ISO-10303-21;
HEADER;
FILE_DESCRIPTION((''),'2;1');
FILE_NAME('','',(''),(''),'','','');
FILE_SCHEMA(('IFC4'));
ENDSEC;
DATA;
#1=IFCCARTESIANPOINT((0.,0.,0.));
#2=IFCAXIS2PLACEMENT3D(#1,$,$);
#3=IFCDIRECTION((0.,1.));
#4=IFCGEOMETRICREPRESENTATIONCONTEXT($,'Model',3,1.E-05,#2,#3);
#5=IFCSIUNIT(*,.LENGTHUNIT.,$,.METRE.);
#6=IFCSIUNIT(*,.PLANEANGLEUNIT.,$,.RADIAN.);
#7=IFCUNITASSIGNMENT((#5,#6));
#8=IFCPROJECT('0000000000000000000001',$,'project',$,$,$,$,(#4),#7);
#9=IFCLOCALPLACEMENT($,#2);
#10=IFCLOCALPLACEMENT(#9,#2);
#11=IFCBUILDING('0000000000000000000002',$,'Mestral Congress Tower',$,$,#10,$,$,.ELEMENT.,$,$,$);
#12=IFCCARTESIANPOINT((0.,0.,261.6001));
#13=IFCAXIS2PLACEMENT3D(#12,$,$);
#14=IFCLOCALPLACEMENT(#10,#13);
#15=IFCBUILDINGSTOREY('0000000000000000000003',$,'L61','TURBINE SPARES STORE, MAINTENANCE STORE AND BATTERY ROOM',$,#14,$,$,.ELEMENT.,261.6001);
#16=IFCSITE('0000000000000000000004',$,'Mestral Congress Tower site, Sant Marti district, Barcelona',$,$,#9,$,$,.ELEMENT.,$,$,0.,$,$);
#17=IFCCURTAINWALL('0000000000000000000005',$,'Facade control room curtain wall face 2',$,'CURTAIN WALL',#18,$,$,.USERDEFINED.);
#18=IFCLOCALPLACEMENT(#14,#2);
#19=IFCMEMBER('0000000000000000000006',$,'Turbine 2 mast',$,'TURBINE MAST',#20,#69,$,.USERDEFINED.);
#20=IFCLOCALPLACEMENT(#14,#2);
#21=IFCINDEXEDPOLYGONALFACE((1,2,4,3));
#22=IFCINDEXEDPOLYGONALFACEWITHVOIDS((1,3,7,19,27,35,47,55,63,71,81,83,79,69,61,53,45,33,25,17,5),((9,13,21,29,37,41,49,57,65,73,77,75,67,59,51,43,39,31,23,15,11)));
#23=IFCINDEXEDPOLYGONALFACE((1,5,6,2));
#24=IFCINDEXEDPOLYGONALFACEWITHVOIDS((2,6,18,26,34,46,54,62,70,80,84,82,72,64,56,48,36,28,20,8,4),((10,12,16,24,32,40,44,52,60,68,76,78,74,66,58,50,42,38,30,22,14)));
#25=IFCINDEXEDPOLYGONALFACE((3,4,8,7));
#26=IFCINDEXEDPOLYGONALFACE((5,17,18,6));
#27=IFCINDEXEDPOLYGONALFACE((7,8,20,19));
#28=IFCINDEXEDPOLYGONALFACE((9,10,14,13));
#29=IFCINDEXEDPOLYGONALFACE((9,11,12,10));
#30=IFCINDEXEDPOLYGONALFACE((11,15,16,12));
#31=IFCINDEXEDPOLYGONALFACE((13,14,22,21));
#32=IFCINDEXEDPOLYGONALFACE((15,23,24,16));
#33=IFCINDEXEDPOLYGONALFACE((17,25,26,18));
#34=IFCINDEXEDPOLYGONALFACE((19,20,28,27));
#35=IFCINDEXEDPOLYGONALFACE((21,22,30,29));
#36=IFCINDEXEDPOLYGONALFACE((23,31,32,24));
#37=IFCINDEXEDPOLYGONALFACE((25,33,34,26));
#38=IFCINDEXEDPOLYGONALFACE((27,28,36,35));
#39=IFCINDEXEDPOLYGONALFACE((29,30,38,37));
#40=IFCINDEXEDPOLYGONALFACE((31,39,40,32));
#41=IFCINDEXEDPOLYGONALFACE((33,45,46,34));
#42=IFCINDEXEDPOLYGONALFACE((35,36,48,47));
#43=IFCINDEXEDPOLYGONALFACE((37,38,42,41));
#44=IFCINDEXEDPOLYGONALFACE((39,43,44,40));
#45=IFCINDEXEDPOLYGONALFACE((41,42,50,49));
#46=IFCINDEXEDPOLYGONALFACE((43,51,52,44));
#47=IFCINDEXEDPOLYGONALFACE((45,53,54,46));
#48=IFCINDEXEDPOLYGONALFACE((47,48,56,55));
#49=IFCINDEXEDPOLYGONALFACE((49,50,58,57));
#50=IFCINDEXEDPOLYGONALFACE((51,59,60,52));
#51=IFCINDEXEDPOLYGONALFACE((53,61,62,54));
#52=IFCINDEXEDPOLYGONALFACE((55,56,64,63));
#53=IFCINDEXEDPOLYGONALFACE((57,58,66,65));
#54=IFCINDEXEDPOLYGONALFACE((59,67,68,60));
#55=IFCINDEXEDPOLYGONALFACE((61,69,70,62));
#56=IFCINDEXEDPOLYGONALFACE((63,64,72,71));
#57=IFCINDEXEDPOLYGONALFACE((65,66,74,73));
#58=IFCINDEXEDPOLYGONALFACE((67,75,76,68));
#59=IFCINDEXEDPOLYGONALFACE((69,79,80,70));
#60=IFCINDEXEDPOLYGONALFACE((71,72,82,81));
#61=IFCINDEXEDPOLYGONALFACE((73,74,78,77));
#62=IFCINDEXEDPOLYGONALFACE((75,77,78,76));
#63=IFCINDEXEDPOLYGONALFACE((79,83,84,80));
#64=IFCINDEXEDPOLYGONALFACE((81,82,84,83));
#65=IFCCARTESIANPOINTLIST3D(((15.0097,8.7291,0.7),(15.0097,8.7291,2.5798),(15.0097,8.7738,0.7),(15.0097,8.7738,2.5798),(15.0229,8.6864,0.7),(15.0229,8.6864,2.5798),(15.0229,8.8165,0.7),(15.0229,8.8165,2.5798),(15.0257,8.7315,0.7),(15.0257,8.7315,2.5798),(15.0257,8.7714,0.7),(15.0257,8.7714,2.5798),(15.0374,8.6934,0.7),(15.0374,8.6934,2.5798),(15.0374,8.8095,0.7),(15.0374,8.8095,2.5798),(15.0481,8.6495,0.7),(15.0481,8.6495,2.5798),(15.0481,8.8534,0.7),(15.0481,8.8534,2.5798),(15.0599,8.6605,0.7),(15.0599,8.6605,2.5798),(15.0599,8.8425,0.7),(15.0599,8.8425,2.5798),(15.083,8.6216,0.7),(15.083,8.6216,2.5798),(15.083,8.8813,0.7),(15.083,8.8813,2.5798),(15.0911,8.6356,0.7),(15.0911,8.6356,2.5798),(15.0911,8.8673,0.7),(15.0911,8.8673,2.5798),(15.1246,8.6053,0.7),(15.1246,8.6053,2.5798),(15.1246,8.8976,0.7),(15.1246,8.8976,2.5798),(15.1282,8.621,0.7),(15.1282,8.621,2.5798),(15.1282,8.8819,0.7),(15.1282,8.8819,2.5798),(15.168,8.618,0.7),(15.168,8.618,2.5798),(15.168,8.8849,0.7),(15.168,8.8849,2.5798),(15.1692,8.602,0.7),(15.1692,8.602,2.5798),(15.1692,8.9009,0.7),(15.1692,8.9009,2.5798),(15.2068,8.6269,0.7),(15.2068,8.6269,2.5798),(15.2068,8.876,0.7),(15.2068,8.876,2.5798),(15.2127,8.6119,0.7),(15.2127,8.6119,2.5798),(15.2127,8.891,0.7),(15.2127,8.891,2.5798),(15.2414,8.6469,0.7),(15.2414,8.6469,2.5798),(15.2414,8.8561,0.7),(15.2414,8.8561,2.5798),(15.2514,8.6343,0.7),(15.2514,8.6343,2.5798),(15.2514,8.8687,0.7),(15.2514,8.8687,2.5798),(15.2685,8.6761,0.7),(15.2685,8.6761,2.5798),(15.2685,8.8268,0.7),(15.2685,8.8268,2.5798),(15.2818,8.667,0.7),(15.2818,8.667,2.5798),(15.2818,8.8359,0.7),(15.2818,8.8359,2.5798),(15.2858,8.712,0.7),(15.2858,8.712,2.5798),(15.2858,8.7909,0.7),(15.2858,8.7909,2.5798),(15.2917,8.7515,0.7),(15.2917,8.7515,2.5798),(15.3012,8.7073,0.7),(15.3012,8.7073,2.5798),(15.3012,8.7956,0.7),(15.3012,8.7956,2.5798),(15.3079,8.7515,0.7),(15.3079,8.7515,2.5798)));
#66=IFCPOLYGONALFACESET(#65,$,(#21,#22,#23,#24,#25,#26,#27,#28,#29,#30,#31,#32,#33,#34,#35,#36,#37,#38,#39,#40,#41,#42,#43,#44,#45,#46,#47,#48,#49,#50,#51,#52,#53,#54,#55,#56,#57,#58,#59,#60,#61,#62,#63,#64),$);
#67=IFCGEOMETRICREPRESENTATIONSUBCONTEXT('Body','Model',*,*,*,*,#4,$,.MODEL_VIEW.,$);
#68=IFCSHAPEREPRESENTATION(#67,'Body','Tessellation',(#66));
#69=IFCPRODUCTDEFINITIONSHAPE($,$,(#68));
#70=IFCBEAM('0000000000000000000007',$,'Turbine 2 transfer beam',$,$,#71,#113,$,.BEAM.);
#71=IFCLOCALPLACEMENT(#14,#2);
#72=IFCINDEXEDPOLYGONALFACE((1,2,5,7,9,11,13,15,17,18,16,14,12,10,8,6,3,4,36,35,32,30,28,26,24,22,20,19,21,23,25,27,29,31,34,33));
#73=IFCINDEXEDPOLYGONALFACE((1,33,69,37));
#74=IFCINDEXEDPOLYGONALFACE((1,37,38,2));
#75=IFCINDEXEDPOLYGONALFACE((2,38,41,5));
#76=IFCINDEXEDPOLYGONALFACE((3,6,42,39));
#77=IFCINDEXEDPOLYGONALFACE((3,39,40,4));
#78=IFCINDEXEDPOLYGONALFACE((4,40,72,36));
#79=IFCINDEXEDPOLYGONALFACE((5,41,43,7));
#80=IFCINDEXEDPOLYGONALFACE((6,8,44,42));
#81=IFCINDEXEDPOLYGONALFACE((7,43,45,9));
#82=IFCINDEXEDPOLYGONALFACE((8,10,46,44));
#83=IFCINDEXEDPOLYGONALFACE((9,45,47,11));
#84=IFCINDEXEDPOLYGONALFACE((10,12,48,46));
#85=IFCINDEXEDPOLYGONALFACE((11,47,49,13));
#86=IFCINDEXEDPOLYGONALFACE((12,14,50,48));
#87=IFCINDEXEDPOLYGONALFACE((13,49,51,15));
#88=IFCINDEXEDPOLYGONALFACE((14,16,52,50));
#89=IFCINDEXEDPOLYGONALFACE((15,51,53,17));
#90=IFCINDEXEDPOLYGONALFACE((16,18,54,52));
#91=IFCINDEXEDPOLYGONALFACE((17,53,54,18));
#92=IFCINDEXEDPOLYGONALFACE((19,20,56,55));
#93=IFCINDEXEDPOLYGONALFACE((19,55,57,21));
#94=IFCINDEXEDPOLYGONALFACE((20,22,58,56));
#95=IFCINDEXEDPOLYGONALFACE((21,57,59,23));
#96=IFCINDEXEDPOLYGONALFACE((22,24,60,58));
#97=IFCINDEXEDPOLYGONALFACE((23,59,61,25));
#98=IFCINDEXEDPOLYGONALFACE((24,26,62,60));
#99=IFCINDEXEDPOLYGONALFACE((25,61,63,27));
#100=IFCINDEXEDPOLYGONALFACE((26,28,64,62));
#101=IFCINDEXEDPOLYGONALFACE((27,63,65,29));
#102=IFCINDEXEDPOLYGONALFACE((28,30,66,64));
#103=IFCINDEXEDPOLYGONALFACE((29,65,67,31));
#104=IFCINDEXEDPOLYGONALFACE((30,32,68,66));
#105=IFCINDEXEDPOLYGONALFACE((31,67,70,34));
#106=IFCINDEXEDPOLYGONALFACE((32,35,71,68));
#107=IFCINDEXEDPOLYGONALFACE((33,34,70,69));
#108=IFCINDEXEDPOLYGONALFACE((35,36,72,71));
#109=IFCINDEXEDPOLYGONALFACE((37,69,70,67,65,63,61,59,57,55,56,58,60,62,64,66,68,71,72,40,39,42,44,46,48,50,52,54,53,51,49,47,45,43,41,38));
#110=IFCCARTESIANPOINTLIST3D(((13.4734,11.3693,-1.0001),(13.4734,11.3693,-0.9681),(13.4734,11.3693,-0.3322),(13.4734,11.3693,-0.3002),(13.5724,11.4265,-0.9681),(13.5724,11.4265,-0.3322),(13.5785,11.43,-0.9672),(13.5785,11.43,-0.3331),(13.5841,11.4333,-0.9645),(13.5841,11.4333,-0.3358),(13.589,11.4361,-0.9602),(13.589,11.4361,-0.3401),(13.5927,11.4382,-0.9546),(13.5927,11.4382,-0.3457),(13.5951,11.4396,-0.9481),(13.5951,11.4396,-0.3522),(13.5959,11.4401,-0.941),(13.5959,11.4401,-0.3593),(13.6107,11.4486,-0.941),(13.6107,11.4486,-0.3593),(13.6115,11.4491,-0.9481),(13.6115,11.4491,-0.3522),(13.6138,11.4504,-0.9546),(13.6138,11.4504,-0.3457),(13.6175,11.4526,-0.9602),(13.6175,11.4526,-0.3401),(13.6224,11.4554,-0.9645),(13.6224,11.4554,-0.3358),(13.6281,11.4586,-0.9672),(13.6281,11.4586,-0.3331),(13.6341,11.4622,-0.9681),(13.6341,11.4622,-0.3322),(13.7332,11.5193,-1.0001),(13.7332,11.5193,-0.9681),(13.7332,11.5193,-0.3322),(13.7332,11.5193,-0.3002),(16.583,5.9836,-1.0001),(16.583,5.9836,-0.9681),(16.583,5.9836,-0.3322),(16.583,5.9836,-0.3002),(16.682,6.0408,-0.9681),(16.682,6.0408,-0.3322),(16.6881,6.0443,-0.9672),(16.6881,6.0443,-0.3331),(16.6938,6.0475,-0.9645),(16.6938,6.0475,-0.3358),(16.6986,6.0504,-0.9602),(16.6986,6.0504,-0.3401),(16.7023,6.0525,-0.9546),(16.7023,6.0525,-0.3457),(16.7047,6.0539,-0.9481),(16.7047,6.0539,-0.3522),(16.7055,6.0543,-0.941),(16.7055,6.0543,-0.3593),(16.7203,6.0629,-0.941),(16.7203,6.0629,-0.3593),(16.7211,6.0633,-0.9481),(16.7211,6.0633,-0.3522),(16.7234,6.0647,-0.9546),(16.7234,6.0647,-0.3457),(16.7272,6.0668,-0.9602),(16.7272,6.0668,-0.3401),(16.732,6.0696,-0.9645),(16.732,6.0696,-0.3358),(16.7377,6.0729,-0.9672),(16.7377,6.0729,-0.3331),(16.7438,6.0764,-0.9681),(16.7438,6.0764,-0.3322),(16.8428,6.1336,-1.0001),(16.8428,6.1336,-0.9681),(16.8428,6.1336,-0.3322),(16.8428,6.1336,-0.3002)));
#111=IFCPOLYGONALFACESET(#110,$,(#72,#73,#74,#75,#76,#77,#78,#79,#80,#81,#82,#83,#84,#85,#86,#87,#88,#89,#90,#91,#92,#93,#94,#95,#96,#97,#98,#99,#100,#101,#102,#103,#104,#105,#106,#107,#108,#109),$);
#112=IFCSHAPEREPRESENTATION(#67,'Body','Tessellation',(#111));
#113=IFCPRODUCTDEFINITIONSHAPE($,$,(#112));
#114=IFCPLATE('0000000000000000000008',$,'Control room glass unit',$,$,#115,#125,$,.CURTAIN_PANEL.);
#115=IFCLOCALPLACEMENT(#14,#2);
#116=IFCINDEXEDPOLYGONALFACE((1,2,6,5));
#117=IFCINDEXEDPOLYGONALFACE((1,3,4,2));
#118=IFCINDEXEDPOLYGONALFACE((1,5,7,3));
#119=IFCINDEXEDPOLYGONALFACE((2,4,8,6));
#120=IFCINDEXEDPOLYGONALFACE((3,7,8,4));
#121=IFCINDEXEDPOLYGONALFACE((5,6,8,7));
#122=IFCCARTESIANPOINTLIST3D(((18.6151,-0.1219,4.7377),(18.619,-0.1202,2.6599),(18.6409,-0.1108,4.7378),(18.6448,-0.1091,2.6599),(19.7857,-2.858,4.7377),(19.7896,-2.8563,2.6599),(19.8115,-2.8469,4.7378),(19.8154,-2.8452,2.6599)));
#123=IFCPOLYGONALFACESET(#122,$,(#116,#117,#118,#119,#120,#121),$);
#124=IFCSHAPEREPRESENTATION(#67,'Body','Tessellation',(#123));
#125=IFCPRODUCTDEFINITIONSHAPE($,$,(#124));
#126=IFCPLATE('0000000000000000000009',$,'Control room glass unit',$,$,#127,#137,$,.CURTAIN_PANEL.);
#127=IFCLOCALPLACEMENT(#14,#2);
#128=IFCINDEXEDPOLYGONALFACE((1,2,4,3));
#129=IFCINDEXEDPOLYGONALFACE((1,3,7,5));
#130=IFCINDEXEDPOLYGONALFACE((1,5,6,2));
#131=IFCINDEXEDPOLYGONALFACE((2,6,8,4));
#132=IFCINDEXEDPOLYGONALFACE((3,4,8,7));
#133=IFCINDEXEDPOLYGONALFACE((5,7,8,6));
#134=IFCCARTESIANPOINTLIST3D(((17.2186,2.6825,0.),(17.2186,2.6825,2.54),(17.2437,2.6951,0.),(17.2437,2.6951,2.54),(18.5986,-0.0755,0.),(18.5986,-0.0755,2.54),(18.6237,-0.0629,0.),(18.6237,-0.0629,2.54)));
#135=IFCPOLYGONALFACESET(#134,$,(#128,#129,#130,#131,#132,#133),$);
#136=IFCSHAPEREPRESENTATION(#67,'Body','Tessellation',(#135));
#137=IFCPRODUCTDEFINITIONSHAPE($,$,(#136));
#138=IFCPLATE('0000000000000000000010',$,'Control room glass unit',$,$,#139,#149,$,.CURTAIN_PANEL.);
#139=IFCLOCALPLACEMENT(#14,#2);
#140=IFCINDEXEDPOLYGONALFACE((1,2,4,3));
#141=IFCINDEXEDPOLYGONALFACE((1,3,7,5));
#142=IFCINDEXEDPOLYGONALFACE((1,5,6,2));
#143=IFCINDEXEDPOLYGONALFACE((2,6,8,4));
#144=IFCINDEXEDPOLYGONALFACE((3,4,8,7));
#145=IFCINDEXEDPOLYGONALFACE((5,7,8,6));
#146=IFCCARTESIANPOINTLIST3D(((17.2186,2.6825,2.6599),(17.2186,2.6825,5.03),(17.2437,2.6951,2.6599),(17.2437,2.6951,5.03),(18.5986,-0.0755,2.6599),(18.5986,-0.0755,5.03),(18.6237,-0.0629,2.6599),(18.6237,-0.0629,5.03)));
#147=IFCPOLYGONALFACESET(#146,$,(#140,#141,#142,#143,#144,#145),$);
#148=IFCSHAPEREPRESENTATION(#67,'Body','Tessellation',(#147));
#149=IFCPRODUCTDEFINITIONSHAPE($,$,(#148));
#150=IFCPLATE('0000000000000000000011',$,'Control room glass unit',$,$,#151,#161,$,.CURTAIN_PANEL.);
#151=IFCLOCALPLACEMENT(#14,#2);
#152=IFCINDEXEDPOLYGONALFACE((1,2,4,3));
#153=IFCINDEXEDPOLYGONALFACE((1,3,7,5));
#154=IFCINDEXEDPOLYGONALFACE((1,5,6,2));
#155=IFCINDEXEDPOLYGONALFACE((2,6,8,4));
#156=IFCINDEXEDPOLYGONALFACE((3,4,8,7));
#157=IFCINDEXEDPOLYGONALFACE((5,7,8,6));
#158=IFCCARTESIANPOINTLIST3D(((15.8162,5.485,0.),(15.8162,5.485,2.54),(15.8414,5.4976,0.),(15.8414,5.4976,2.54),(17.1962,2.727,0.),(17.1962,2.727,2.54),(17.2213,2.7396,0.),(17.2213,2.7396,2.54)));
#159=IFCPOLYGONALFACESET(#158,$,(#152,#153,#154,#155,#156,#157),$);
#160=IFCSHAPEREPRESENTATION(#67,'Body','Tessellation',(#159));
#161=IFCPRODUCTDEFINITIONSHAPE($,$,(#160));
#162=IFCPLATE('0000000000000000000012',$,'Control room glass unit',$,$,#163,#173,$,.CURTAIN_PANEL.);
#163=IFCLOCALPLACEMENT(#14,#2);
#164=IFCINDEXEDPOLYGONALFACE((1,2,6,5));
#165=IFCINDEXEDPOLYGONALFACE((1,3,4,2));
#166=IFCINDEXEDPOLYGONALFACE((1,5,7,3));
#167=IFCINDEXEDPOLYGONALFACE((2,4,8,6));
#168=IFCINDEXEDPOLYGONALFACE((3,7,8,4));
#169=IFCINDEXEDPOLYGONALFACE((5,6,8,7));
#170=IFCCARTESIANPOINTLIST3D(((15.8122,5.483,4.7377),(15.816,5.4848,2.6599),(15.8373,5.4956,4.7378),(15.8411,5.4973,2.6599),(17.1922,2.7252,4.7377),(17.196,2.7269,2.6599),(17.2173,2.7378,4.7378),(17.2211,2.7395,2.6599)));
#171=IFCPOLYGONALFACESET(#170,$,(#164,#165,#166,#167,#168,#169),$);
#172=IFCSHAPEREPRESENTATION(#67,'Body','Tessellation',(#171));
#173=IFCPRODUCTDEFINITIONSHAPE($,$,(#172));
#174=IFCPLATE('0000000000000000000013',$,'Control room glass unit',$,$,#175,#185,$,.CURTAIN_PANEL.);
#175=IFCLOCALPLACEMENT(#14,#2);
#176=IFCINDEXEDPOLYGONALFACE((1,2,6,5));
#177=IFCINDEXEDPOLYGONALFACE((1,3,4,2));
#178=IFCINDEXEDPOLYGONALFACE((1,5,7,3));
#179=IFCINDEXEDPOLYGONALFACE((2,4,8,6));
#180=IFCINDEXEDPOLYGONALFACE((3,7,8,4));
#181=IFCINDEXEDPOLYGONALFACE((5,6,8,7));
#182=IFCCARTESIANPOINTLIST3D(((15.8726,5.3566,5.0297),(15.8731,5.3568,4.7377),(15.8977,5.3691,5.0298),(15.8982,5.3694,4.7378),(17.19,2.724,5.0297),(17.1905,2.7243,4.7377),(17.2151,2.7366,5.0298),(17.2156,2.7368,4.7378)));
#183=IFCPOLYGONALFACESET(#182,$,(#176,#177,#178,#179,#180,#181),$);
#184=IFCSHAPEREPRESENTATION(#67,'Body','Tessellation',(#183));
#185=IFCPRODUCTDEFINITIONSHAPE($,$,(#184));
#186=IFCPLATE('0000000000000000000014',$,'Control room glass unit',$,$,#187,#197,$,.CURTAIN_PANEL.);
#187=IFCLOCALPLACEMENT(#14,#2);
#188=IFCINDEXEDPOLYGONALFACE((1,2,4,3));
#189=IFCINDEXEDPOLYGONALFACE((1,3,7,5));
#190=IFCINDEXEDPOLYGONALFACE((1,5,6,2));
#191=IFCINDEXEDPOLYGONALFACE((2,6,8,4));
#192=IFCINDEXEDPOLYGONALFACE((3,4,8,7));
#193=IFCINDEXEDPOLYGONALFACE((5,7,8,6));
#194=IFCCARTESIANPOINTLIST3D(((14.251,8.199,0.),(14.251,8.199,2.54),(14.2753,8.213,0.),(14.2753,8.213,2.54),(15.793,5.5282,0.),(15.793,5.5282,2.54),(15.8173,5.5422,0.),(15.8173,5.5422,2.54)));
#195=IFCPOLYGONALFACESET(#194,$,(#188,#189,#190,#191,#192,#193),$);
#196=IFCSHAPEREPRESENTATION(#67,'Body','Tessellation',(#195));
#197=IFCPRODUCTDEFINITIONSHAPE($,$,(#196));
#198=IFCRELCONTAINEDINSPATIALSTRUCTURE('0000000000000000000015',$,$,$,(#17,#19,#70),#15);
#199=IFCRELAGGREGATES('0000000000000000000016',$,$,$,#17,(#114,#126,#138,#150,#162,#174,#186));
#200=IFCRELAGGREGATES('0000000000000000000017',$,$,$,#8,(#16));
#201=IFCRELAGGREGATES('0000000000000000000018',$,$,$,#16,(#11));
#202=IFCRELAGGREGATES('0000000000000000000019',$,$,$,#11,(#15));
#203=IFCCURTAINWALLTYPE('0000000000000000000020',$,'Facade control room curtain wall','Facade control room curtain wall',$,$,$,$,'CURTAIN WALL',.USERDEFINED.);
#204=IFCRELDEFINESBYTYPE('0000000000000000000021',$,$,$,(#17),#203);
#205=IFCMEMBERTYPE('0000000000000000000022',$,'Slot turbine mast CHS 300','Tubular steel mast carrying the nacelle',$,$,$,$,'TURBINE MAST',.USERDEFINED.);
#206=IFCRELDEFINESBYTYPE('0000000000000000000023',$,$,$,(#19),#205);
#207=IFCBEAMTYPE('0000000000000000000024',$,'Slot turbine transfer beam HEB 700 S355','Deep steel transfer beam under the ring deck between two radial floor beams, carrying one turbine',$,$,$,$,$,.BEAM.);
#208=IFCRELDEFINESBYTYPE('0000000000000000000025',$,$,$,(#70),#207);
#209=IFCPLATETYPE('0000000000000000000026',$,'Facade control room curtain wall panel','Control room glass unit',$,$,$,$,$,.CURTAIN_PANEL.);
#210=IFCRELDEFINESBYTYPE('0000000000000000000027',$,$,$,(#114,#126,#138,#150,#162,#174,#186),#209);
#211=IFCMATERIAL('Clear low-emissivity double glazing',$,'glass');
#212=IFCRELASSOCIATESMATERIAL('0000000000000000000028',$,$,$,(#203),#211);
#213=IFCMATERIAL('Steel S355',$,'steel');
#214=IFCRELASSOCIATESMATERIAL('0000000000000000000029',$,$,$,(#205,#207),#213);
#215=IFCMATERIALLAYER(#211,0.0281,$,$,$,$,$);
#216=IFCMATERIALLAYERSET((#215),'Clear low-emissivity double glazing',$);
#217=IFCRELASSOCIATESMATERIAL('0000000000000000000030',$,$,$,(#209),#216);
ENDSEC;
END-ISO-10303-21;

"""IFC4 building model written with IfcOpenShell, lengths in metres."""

from ifc_helpers import new_model, si_unit, direction, frame, origin, origin_2d, place, context, subcontext, project, spatial, polyline, rectangle, hollow_circle, i_section, outline, extrude, material, layer, layer_set, material_profile, profile_set, type_object, element, aggregate, save


model = new_model("IFC4")

# Units and contexts
model_context = context("Model", 3, precision=1e-05, world=origin(), true_north=direction((0.0, 1.0)))
body_context = subcontext(model_context, "Body", "Model", "MODEL_VIEW")
ifc_project = project(units=[si_unit("LENGTHUNIT", "METRE"), si_unit("PLANEANGLEUNIT", "RADIAN")], contexts=[model_context])

# Site, building, storey
site_placement = place(None, origin())
site = spatial("IfcSite", under=ifc_project, at=site_placement, Name="Mestral Congress Tower site, Sant Marti district, Barcelona", CompositionType="ELEMENT", RefElevation=0.0)
building_placement = place(site_placement, origin())
building = spatial("IfcBuilding", under=site, at=building_placement, Name="Mestral Congress Tower", CompositionType="ELEMENT")
storey_placement = place(building_placement, frame((0.0, 0.0, 261.6001)))
storey = spatial("IfcBuildingStorey", under=building, at=storey_placement, Name="L61", Description="TURBINE SPARES STORE, MAINTENANCE STORE AND BATTERY ROOM", CompositionType="ELEMENT", Elevation=261.6001)

# Curtain wall
ifc_material_1 = material(Name="Clear low-emissivity double glazing", Category="glass")
curtain_wall_type = type_object("IfcCurtainWallType", Name="Facade control room curtain wall", Description="Facade control room curtain wall", ElementType="CURTAIN WALL", PredefinedType="USERDEFINED", material=ifc_material_1)
curtain_wall_placement = place(storey_placement, origin())
curtain_wall = element("IfcCurtainWall", 1, at=curtain_wall_placement, inside=storey, type_object=curtain_wall_type, Name="Facade control room curtain wall face 2", ObjectType="CURTAIN WALL", PredefinedType="USERDEFINED")

# Shared definitions
ifc_material_2 = material(Name="Steel S355", Category="steel")

# Member
ifc_material_profile_1 = material_profile(ifc_material_2, hollow_circle(Radius=0.1499, WallThickness=0.0161, at=origin_2d()), Name="CHS 300 x 16")
ifc_profile_set_1 = profile_set([ifc_material_profile_1], Name="Steel S355")
member_type_1 = type_object("IfcMemberType", Name="Slot turbine mast CHS 300", Description="Tubular steel mast carrying the nacelle", ElementType="TURBINE MAST", PredefinedType="USERDEFINED", material=ifc_profile_set_1)
member_1_placement = place(storey_placement, frame((15.158, 8.7515, 0.7), z_axis=(0.0, 0.0, 1.0), x_axis=(1.0, 0.0, 0.0)))
element("IfcMember", 2, at=member_1_placement, inside=storey, type_object=member_type_1, Name="Turbine 2 mast", ObjectType="TURBINE MAST", PredefinedType="USERDEFINED", context=body_context, shape_type="SweptSolid", body=[
    extrude(hollow_circle(Radius=0.1499, WallThickness=0.0161, at=origin_2d()), origin(), (0.0, 0.0, 1.0), 1.8799),
])

# Beam
ifc_material_profile_2 = material_profile(ifc_material_2, i_section(OverallWidth=0.3, OverallDepth=0.7, WebThickness=0.0171, FlangeThickness=0.032, FilletRadius=0.0271, at=origin_2d()), Name="HEB 700")
ifc_profile_set_2 = profile_set([ifc_material_profile_2], Name="Steel S355")
beam_type_1 = type_object("IfcBeamType", Name="Slot turbine transfer beam HEB 700 S355", Description="Deep steel transfer beam under the ring deck between two radial floor beams, carrying one turbine", PredefinedType="BEAM", material=ifc_profile_set_2)
beam_1_placement = place(storey_placement, frame((16.7129, 6.0586, -0.6501), z_axis=(-0.500019, 0.866014, 0.0), x_axis=(-0.866014, -0.500019, 0.0)))
element("IfcBeam", 3, at=beam_1_placement, inside=storey, type_object=beam_type_1, Name="Turbine 2 transfer beam", PredefinedType="BEAM", context=body_context, shape_type="SweptSolid", body=[
    extrude(i_section(OverallWidth=0.3, OverallDepth=0.7, WebThickness=0.0171, FlangeThickness=0.032, FilletRadius=0.0271, at=origin_2d()), origin(), (0.0, 0.0, 1.0), 6.219),
])

# Plates
ifc_layer = layer(ifc_material_1, 0.0281)
ifc_layer_set = layer_set([ifc_layer], Name="Clear low-emissivity double glazing")
plate_type_1 = type_object("IfcPlateType", Name="Facade control room curtain wall panel", Description="Control room glass unit", PredefinedType="CURTAIN_PANEL", material=ifc_layer_set)
plate_1_placement = place(storey_placement, frame((18.6448, -0.1091, 2.6599), z_axis=(0.919381, 0.393364, 0.002052), x_axis=(0.393365, -0.919382, 0.0)))
plate_1 = element("IfcPlate", 4, at=plate_1_placement, type_object=plate_type_1, Name="Control room glass unit", PredefinedType="CURTAIN_PANEL", context=body_context, shape_type="SweptSolid", body=[
    extrude(outline(polyline([(0.0, 0.0), (2.976, 0.0), (2.976, -2.0779), (0.0, -2.0779), (0.0, 0.0)])), origin(), (0.0, 0.0, -1.0), 0.0281),
])
plate_2_placement = place(storey_placement, frame((17.9211, 1.3098, 0.0), z_axis=(0.0, 0.0, 1.0), x_axis=(-0.44747, 0.894299, 0.0)))
plate_2 = element("IfcPlate", 5, at=plate_2_placement, type_object=plate_type_1, Name="Control room glass unit", PredefinedType="CURTAIN_PANEL", context=body_context, shape_type="SweptSolid", body=[
    extrude(rectangle(XDim=3.084, YDim=0.0281, at=origin_2d()), origin(), (0.0, 0.0, 1.0), 2.54),
])
plate_3_placement = place(storey_placement, frame((17.9211, 1.3098, 2.6599), z_axis=(0.0, 0.0, 1.0), x_axis=(-0.44747, 0.894299, 0.0)))
plate_3 = element("IfcPlate", 6, at=plate_3_placement, type_object=plate_type_1, Name="Control room glass unit", PredefinedType="CURTAIN_PANEL", context=body_context, shape_type="SweptSolid", body=[
    extrude(rectangle(XDim=3.084, YDim=0.0281, at=origin_2d()), origin(), (0.0, 0.0, 1.0), 2.3701),
])
plate_4_placement = place(storey_placement, frame((16.5188, 4.1123, 0.0), z_axis=(0.0, 0.0, 1.0), x_axis=(-0.44747, 0.894299, 0.0)))
plate_4 = element("IfcPlate", 7, at=plate_4_placement, type_object=plate_type_1, Name="Control room glass unit", PredefinedType="CURTAIN_PANEL", context=body_context, shape_type="SweptSolid", body=[
    extrude(rectangle(XDim=3.084, YDim=0.0281, at=origin_2d()), origin(), (0.0, 0.0, 1.0), 2.54),
])
plate_5_placement = place(storey_placement, frame((15.8411, 5.4973, 2.6599), z_axis=(0.894283, 0.447498, 0.001997), x_axis=(0.447499, -0.894285, 0.0)))
plate_5 = element("IfcPlate", 8, at=plate_5_placement, type_object=plate_type_1, Name="Control room glass unit", PredefinedType="CURTAIN_PANEL", context=body_context, shape_type="SweptSolid", body=[
    extrude(outline(polyline([(0.0, 0.0), (3.0839, 0.0), (3.0837, -2.0779), (-0.0001, -2.0779), (0.0, 0.0)])), origin(), (0.0, 0.0, -1.0), 0.0281),
])
plate_6_placement = place(storey_placement, frame((17.2156, 2.7368, 4.7378), z_axis=(0.894276, 0.447511, 0.00187), x_axis=(-0.001672, -0.000836, 0.999998)))
plate_6 = element("IfcPlate", 9, at=plate_6_placement, type_object=plate_type_1, Name="Control room glass unit", PredefinedType="CURTAIN_PANEL", context=body_context, shape_type="SweptSolid", body=[
    extrude(outline(polyline([(0.0, 0.0), (0.292, 0.0), (0.292, -2.9438), (0.0, -2.9438), (0.0, 0.0)])), origin(), (0.0, 0.0, -1.0), 0.0281),
])
plate_7_placement = place(storey_placement, frame((15.0342, 6.8706, 0.0), z_axis=(0.0, 0.0, 1.0), x_axis=(-0.5, 0.866025, 0.0)))
plate_7 = element("IfcPlate", 10, at=plate_7_placement, type_object=plate_type_1, Name="Control room glass unit", PredefinedType="CURTAIN_PANEL", context=body_context, shape_type="SweptSolid", body=[
    extrude(rectangle(XDim=3.084, YDim=0.0281, at=origin_2d()), origin(), (0.0, 0.0, 1.0), 2.54),
])
aggregate(curtain_wall, [plate_1, plate_2, plate_3, plate_4, plate_5, plate_6, plate_7])

save(model, "model.ifc")
